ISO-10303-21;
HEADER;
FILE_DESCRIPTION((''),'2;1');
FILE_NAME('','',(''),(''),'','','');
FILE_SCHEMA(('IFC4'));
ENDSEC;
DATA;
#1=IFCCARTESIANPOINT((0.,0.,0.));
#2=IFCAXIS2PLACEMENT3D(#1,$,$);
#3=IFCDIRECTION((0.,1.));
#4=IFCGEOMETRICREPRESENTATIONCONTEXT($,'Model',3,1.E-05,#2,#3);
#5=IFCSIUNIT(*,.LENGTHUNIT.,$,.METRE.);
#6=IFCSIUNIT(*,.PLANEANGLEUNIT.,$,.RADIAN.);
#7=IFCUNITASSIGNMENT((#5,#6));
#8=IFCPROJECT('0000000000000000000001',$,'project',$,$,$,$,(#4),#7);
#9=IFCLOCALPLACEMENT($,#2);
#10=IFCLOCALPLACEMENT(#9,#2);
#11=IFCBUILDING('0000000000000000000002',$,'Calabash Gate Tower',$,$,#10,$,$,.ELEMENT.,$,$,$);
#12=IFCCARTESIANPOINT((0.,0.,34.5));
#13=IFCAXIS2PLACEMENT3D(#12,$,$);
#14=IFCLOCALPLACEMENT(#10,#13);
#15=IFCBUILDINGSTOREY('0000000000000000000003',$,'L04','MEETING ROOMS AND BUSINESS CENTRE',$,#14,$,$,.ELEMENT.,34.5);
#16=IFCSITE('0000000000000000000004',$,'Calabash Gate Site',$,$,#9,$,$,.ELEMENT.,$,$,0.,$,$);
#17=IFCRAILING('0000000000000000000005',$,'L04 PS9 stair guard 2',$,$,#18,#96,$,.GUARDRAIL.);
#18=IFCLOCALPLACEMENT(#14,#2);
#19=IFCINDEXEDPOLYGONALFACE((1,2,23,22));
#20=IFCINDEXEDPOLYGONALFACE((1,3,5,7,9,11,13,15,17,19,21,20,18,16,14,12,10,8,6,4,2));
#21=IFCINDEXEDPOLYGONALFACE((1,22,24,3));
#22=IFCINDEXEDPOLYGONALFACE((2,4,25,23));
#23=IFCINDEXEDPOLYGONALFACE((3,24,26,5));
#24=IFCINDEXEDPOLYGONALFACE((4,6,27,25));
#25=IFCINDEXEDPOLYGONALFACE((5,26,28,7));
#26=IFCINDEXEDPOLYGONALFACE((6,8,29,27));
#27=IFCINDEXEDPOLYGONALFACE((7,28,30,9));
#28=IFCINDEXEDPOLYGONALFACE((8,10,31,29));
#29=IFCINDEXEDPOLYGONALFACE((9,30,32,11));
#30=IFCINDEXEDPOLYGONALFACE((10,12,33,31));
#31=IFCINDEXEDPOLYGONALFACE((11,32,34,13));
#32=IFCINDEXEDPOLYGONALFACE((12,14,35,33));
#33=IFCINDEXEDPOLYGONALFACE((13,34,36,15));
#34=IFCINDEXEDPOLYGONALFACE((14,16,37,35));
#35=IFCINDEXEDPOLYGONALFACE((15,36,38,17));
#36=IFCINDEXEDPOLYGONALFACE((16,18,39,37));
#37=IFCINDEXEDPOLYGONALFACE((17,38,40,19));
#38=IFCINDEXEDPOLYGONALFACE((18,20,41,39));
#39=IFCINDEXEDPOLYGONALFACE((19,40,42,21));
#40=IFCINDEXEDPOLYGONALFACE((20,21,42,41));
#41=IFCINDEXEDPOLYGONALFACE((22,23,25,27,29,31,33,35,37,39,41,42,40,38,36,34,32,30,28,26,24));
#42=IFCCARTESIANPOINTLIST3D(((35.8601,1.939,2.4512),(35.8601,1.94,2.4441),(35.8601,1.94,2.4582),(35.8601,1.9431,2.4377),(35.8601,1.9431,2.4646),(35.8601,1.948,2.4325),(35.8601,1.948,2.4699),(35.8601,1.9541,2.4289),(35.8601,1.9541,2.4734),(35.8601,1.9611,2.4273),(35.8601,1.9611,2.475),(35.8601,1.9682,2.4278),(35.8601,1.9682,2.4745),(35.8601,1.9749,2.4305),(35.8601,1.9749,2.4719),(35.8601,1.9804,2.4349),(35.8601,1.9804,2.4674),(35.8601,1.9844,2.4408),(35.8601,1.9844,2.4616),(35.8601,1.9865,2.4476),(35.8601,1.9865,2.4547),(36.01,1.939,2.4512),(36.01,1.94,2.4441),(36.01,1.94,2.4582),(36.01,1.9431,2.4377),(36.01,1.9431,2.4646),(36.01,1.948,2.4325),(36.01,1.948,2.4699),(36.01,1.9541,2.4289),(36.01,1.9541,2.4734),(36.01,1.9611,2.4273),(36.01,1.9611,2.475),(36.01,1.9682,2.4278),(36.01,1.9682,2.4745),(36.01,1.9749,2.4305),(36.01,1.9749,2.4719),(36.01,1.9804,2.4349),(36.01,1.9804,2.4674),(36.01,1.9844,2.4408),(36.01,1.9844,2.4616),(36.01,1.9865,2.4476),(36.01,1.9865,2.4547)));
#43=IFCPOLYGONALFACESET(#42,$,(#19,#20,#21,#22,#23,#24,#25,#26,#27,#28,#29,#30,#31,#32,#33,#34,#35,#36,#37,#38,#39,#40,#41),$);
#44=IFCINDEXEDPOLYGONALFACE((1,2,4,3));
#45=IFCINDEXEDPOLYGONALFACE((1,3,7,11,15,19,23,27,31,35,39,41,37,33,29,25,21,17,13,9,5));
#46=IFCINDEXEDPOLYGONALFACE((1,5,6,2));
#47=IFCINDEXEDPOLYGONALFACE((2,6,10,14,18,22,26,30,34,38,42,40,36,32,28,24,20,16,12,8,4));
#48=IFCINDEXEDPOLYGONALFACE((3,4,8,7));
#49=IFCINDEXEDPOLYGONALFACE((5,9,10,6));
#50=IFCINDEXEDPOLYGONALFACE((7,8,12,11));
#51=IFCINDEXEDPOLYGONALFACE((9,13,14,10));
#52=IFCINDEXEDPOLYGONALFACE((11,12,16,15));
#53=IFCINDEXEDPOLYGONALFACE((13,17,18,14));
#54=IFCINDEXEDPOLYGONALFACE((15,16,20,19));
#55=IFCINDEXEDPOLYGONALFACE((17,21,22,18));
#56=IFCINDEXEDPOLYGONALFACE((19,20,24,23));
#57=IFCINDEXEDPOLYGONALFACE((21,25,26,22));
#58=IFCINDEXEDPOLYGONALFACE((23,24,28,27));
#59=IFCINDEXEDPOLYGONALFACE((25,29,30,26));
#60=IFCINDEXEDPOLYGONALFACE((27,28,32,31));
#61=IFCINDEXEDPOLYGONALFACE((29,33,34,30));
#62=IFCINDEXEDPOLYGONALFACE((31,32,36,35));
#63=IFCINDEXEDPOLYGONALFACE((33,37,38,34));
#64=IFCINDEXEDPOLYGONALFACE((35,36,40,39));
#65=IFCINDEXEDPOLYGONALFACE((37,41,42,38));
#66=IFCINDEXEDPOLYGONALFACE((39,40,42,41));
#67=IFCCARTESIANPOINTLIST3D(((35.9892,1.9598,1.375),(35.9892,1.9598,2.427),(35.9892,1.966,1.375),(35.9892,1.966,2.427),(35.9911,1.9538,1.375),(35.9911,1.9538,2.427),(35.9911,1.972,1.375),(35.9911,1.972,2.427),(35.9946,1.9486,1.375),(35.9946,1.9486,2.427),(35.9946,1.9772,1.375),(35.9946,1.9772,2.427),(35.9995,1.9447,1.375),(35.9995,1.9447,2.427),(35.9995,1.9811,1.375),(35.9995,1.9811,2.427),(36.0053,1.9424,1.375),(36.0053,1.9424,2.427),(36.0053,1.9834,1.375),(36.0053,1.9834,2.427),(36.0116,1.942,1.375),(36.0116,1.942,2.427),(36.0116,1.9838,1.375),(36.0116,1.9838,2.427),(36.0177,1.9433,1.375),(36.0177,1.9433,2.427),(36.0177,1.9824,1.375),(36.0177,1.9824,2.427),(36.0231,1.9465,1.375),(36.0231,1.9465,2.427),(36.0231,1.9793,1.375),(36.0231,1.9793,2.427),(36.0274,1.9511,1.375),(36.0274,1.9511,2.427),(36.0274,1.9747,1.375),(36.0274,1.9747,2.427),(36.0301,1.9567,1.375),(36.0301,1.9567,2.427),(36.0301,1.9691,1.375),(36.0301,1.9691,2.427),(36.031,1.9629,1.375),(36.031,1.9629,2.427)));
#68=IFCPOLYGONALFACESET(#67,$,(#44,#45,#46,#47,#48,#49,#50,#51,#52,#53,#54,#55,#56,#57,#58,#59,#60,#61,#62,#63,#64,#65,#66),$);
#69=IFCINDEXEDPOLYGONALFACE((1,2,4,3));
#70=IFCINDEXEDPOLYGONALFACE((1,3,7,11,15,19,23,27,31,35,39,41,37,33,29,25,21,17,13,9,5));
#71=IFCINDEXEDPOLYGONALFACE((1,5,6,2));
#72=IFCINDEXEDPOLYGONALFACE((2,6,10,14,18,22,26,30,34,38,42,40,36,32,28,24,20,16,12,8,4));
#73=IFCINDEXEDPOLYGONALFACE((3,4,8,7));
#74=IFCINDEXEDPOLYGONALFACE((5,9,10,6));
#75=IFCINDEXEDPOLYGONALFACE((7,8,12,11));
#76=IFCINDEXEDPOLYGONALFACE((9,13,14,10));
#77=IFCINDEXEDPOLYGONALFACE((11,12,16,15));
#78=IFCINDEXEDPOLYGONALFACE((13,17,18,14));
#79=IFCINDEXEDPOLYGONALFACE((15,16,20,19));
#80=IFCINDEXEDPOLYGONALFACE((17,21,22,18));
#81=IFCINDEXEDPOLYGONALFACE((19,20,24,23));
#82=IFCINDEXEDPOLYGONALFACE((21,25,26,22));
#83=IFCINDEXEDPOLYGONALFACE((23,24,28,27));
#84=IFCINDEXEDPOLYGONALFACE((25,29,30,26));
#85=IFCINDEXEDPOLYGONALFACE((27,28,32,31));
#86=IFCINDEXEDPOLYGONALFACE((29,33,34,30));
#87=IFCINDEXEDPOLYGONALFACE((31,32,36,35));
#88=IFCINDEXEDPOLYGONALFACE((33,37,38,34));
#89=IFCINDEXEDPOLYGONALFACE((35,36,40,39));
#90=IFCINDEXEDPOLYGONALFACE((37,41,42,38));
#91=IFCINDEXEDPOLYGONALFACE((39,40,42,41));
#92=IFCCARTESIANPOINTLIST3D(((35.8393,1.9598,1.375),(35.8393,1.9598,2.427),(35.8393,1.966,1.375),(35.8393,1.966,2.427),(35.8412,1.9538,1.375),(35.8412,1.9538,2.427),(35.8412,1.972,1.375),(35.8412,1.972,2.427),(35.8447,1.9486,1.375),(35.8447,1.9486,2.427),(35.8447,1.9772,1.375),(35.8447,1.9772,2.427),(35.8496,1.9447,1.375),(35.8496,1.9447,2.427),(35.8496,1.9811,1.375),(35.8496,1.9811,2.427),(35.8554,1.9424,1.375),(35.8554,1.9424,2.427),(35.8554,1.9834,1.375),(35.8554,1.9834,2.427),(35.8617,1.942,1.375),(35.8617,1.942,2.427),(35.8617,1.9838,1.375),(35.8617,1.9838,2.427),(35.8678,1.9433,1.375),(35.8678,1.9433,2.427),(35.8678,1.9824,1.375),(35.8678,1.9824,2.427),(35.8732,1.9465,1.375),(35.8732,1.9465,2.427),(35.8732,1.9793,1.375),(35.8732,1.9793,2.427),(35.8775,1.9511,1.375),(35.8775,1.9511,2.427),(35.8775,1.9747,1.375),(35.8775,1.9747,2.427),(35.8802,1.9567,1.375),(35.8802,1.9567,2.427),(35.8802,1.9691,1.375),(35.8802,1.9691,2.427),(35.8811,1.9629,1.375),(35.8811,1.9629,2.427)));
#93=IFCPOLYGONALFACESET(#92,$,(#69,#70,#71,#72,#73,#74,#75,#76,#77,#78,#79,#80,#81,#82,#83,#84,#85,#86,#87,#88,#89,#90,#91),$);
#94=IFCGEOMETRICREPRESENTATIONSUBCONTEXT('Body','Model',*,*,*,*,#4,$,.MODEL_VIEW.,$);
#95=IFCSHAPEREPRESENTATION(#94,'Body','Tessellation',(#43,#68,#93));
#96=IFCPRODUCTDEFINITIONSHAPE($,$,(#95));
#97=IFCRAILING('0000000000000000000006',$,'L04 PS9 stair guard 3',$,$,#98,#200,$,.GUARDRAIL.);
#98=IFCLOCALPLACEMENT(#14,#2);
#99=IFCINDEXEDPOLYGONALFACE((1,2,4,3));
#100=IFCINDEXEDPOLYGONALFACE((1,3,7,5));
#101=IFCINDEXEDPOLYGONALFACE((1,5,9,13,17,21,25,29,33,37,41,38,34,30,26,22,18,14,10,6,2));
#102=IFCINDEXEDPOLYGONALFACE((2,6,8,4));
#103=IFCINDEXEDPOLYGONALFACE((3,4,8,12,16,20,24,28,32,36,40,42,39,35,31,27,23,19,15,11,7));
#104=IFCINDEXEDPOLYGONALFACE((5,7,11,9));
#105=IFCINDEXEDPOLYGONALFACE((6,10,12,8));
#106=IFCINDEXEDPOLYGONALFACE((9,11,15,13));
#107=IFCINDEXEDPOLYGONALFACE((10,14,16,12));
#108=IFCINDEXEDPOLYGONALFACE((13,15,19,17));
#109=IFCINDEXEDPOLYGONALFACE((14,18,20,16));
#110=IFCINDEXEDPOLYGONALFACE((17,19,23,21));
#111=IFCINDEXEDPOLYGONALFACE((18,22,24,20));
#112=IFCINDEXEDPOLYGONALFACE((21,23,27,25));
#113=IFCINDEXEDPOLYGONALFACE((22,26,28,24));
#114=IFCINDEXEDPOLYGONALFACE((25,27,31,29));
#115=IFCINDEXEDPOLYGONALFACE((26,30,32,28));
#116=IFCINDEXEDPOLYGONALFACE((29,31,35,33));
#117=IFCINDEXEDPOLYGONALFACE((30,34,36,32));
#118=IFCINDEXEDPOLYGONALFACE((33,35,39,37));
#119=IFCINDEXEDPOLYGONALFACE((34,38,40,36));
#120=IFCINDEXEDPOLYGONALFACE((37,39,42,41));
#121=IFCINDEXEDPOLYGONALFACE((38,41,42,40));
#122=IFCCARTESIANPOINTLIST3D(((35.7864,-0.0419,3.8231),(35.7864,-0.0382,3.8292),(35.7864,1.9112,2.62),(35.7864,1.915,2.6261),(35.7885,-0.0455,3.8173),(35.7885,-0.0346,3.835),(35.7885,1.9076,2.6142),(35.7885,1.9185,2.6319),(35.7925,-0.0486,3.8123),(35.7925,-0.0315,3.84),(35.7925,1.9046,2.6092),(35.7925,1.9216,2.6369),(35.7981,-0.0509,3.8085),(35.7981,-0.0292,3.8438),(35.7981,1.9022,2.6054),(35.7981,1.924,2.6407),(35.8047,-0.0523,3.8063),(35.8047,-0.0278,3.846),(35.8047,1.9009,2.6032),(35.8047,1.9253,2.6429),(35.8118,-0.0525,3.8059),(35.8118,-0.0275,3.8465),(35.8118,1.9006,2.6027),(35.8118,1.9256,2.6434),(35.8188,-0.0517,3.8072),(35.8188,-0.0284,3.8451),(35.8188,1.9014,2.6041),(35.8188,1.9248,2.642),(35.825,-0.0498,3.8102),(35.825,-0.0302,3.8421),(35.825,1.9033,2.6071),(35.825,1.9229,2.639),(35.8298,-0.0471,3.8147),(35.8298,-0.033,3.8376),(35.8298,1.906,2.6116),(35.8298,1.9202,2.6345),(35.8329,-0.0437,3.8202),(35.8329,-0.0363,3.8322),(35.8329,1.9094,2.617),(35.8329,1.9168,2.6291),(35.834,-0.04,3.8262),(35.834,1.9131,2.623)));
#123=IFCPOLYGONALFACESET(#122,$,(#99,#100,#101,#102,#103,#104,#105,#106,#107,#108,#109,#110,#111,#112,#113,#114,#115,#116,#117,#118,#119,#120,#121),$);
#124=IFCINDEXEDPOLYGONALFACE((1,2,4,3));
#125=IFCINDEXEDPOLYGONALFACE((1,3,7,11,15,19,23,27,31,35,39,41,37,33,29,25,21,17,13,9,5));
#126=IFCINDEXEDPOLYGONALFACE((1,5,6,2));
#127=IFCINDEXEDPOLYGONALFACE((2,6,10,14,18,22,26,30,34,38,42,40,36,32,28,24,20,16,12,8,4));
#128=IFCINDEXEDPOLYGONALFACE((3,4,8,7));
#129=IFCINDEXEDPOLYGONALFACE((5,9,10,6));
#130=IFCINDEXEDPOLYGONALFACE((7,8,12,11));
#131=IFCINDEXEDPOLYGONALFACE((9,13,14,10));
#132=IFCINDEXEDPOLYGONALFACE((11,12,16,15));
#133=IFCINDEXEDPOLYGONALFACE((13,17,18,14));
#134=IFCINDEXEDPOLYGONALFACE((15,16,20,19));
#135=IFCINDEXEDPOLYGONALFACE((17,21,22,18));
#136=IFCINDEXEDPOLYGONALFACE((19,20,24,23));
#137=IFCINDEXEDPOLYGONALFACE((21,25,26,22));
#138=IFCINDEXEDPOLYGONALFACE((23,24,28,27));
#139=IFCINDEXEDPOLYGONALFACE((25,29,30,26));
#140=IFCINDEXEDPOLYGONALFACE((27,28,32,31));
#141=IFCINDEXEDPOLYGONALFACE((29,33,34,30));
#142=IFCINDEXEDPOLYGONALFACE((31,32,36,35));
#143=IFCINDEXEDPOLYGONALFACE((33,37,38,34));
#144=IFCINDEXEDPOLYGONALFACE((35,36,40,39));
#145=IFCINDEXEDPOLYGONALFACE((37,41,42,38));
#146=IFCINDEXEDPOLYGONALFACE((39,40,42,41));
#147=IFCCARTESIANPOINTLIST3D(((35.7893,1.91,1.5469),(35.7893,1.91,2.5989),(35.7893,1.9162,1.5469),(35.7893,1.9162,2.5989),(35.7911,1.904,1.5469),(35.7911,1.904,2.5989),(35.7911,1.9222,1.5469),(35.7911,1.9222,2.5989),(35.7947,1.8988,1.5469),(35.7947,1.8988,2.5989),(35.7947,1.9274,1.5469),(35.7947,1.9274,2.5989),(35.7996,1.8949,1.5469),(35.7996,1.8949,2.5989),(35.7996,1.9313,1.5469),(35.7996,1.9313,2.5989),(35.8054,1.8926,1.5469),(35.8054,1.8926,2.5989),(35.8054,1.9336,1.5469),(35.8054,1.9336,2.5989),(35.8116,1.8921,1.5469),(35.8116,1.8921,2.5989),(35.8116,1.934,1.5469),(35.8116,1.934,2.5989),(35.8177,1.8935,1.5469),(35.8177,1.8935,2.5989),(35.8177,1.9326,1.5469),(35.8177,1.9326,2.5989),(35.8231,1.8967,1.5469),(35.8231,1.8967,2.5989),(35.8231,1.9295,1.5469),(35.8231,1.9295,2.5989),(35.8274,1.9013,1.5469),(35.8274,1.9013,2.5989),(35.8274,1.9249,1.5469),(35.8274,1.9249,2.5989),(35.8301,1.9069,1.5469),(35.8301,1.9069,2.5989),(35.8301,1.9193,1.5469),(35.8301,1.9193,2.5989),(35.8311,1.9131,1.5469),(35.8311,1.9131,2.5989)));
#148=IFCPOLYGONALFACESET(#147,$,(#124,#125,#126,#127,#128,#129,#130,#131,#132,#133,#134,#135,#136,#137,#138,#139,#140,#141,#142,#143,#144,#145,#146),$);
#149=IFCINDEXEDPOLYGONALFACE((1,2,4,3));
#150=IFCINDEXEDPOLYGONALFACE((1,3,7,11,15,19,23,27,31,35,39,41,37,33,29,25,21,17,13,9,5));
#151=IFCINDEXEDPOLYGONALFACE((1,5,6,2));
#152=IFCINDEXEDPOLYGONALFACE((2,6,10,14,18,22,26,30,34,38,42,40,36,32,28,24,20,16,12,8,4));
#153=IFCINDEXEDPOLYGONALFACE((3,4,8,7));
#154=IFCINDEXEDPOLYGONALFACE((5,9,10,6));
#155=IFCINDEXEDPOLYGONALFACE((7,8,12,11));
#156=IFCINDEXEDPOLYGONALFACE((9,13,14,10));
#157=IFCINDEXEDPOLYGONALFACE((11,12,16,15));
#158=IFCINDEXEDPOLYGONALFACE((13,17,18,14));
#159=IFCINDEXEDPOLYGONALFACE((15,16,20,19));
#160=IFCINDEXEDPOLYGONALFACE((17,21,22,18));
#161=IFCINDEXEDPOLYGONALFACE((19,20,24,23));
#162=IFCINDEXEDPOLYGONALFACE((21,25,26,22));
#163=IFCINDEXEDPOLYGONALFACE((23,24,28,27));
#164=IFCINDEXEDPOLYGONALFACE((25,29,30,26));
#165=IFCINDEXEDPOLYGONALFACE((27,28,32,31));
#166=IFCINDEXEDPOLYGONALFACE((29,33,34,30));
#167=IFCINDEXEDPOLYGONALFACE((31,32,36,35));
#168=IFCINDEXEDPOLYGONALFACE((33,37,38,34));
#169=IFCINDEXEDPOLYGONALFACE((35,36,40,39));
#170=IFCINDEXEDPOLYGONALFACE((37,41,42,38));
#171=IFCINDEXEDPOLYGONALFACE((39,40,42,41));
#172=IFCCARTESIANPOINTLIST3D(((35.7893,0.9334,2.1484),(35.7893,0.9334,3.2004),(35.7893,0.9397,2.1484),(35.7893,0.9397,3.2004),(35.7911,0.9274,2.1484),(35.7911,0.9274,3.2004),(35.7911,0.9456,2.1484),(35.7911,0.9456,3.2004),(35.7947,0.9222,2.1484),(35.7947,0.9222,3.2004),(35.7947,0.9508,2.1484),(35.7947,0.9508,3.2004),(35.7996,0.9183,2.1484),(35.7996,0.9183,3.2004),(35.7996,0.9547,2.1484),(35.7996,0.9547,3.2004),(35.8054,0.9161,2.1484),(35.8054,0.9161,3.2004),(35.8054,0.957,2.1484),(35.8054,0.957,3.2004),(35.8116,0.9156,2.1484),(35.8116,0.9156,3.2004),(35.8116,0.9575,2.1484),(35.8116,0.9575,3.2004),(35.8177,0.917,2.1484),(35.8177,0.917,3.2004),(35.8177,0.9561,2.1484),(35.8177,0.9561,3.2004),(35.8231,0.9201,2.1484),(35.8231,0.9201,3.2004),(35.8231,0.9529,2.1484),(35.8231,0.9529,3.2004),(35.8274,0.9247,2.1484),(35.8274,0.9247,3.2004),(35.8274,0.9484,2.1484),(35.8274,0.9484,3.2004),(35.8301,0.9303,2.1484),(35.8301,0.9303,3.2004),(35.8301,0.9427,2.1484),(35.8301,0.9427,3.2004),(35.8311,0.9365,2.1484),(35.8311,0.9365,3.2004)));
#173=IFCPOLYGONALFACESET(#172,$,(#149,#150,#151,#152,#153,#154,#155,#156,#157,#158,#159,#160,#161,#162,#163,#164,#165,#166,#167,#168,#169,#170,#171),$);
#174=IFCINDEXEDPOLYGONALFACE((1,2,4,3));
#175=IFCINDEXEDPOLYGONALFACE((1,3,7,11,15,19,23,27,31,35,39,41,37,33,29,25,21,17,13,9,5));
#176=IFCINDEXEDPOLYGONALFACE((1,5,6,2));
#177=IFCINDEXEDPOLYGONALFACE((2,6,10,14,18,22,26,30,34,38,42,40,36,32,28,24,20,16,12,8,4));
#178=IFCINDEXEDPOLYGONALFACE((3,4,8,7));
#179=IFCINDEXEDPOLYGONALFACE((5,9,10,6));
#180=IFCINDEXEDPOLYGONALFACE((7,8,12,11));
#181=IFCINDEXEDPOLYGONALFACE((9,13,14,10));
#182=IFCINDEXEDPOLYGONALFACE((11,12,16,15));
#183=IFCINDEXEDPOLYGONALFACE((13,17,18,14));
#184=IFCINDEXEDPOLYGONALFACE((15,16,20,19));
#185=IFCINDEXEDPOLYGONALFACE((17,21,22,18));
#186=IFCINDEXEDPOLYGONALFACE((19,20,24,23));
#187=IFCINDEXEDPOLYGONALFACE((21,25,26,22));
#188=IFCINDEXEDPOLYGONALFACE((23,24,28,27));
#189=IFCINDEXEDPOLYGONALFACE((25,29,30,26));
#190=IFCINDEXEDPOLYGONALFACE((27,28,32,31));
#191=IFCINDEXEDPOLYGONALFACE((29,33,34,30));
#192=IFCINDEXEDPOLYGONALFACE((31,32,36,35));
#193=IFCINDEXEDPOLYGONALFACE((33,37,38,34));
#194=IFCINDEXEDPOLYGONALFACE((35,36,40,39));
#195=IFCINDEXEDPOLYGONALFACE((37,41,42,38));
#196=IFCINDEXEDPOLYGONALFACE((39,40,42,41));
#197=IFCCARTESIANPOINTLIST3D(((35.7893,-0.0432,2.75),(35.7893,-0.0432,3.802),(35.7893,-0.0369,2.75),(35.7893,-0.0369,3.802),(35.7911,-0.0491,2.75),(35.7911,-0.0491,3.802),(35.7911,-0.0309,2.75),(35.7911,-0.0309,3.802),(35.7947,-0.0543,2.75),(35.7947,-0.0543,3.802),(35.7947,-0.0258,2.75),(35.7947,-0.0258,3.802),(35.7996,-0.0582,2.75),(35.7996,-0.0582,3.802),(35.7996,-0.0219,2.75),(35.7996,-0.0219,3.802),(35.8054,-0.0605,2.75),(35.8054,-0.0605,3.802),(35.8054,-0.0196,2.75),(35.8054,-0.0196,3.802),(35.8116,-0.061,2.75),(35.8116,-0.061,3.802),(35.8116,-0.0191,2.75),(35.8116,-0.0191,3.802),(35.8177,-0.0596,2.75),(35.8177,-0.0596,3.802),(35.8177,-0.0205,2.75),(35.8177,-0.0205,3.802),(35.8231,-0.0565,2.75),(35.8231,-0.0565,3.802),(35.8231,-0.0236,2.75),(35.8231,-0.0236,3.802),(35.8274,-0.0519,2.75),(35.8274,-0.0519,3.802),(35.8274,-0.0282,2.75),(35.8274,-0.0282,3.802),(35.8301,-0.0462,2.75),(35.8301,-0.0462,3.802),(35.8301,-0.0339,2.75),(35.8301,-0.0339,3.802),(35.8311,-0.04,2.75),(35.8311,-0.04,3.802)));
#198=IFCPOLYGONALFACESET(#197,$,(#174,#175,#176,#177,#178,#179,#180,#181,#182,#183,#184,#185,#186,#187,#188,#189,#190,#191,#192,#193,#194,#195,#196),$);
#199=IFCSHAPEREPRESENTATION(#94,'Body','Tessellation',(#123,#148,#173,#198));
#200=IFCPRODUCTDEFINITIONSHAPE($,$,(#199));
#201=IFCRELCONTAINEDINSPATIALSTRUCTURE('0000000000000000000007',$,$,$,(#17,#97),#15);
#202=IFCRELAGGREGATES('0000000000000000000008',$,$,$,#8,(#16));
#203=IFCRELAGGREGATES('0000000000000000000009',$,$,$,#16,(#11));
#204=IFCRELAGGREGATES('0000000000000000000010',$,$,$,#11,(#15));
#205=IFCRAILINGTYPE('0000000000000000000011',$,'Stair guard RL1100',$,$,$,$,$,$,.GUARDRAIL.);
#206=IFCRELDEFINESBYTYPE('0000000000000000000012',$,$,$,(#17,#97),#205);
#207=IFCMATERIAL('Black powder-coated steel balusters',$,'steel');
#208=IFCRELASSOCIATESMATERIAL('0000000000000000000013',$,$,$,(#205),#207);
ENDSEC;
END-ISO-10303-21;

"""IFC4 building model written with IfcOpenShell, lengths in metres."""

from ifc_helpers import new_model, si_unit, direction, frame, origin, origin_2d, place, context, subcontext, project, spatial, circle, extrude, material, type_object, element, save


model = new_model("IFC4")

# Units and contexts
model_context = context("Model", 3, precision=1e-05, world=origin(), true_north=direction((0.0, 1.0)))
body_context = subcontext(model_context, "Body", "Model", "MODEL_VIEW")
ifc_project = project(units=[si_unit("LENGTHUNIT", "METRE"), si_unit("PLANEANGLEUNIT", "RADIAN")], contexts=[model_context])

# Site, building, storey
site_placement = place(None, origin())
site = spatial("IfcSite", under=ifc_project, at=site_placement, Name="Calabash Gate Site", CompositionType="ELEMENT", RefElevation=0.0)
building_placement = place(site_placement, origin())
building = spatial("IfcBuilding", under=site, at=building_placement, Name="Calabash Gate Tower", CompositionType="ELEMENT")
storey_placement = place(building_placement, frame((0.0, 0.0, 34.5)))
storey = spatial("IfcBuildingStorey", under=building, at=storey_placement, Name="L04", Description="MEETING ROOMS AND BUSINESS CENTRE", CompositionType="ELEMENT", Elevation=34.5)

# Railings
ifc_material_1 = material(Name="Black powder-coated steel balusters", Category="steel")
railing_type_1 = type_object("IfcRailingType", Name="Stair guard RL1100", PredefinedType="GUARDRAIL", material=ifc_material_1)
railing_1_placement = place(storey_placement, frame((36.01, 1.9629, 1.375)))
element("IfcRailing", 1, at=railing_1_placement, inside=storey, type_object=railing_type_1, Name="L04 PS9 stair guard 2", PredefinedType="GUARDRAIL", context=body_context, shape_type="SweptSolid", body=[
    extrude(circle(Radius=0.0239, at=origin_2d()), frame((0.0, 0.0, 1.0762), z_axis=(-1.0, 0.0, 0.0), x_axis=(0.0, -1.0, 0.0)), (0.0, 0.0, 1.0), 0.1499),
    extrude(circle(Radius=0.021, at=origin_2d()), origin(), (0.0, 0.0, 1.0), 1.052),
    extrude(circle(Radius=0.021, at=origin_2d()), frame((-0.1499, 0.0, 0.0)), (0.0, 0.0, 1.0), 1.052),
])
railing_2_placement = place(storey_placement, frame((35.8101, 1.9131, 1.5469)))
element("IfcRailing", 2, at=railing_2_placement, inside=storey, type_object=railing_type_1, Name="L04 PS9 stair guard 3", PredefinedType="GUARDRAIL", context=body_context, shape_type="SweptSolid", body=[
    extrude(circle(Radius=0.0239, at=origin_2d()), frame((0.0, 0.0, 1.0762), z_axis=(0.0, -0.851424, 0.524477), x_axis=(1.0, 0.0, 0.0)), (0.0, 0.0, 1.0), 2.2939),
    extrude(circle(Radius=0.021, at=origin_2d()), origin(), (0.0, 0.0, 1.0), 1.052),
    extrude(circle(Radius=0.021, at=origin_2d()), frame((0.0, -0.9766, 0.6016)), (0.0, 0.0, 1.0), 1.052),
    extrude(circle(Radius=0.021, at=origin_2d()), frame((0.0, -1.9531, 1.2031)), (0.0, 0.0, 1.0), 1.052),
])

save(model, "model.ifc")
